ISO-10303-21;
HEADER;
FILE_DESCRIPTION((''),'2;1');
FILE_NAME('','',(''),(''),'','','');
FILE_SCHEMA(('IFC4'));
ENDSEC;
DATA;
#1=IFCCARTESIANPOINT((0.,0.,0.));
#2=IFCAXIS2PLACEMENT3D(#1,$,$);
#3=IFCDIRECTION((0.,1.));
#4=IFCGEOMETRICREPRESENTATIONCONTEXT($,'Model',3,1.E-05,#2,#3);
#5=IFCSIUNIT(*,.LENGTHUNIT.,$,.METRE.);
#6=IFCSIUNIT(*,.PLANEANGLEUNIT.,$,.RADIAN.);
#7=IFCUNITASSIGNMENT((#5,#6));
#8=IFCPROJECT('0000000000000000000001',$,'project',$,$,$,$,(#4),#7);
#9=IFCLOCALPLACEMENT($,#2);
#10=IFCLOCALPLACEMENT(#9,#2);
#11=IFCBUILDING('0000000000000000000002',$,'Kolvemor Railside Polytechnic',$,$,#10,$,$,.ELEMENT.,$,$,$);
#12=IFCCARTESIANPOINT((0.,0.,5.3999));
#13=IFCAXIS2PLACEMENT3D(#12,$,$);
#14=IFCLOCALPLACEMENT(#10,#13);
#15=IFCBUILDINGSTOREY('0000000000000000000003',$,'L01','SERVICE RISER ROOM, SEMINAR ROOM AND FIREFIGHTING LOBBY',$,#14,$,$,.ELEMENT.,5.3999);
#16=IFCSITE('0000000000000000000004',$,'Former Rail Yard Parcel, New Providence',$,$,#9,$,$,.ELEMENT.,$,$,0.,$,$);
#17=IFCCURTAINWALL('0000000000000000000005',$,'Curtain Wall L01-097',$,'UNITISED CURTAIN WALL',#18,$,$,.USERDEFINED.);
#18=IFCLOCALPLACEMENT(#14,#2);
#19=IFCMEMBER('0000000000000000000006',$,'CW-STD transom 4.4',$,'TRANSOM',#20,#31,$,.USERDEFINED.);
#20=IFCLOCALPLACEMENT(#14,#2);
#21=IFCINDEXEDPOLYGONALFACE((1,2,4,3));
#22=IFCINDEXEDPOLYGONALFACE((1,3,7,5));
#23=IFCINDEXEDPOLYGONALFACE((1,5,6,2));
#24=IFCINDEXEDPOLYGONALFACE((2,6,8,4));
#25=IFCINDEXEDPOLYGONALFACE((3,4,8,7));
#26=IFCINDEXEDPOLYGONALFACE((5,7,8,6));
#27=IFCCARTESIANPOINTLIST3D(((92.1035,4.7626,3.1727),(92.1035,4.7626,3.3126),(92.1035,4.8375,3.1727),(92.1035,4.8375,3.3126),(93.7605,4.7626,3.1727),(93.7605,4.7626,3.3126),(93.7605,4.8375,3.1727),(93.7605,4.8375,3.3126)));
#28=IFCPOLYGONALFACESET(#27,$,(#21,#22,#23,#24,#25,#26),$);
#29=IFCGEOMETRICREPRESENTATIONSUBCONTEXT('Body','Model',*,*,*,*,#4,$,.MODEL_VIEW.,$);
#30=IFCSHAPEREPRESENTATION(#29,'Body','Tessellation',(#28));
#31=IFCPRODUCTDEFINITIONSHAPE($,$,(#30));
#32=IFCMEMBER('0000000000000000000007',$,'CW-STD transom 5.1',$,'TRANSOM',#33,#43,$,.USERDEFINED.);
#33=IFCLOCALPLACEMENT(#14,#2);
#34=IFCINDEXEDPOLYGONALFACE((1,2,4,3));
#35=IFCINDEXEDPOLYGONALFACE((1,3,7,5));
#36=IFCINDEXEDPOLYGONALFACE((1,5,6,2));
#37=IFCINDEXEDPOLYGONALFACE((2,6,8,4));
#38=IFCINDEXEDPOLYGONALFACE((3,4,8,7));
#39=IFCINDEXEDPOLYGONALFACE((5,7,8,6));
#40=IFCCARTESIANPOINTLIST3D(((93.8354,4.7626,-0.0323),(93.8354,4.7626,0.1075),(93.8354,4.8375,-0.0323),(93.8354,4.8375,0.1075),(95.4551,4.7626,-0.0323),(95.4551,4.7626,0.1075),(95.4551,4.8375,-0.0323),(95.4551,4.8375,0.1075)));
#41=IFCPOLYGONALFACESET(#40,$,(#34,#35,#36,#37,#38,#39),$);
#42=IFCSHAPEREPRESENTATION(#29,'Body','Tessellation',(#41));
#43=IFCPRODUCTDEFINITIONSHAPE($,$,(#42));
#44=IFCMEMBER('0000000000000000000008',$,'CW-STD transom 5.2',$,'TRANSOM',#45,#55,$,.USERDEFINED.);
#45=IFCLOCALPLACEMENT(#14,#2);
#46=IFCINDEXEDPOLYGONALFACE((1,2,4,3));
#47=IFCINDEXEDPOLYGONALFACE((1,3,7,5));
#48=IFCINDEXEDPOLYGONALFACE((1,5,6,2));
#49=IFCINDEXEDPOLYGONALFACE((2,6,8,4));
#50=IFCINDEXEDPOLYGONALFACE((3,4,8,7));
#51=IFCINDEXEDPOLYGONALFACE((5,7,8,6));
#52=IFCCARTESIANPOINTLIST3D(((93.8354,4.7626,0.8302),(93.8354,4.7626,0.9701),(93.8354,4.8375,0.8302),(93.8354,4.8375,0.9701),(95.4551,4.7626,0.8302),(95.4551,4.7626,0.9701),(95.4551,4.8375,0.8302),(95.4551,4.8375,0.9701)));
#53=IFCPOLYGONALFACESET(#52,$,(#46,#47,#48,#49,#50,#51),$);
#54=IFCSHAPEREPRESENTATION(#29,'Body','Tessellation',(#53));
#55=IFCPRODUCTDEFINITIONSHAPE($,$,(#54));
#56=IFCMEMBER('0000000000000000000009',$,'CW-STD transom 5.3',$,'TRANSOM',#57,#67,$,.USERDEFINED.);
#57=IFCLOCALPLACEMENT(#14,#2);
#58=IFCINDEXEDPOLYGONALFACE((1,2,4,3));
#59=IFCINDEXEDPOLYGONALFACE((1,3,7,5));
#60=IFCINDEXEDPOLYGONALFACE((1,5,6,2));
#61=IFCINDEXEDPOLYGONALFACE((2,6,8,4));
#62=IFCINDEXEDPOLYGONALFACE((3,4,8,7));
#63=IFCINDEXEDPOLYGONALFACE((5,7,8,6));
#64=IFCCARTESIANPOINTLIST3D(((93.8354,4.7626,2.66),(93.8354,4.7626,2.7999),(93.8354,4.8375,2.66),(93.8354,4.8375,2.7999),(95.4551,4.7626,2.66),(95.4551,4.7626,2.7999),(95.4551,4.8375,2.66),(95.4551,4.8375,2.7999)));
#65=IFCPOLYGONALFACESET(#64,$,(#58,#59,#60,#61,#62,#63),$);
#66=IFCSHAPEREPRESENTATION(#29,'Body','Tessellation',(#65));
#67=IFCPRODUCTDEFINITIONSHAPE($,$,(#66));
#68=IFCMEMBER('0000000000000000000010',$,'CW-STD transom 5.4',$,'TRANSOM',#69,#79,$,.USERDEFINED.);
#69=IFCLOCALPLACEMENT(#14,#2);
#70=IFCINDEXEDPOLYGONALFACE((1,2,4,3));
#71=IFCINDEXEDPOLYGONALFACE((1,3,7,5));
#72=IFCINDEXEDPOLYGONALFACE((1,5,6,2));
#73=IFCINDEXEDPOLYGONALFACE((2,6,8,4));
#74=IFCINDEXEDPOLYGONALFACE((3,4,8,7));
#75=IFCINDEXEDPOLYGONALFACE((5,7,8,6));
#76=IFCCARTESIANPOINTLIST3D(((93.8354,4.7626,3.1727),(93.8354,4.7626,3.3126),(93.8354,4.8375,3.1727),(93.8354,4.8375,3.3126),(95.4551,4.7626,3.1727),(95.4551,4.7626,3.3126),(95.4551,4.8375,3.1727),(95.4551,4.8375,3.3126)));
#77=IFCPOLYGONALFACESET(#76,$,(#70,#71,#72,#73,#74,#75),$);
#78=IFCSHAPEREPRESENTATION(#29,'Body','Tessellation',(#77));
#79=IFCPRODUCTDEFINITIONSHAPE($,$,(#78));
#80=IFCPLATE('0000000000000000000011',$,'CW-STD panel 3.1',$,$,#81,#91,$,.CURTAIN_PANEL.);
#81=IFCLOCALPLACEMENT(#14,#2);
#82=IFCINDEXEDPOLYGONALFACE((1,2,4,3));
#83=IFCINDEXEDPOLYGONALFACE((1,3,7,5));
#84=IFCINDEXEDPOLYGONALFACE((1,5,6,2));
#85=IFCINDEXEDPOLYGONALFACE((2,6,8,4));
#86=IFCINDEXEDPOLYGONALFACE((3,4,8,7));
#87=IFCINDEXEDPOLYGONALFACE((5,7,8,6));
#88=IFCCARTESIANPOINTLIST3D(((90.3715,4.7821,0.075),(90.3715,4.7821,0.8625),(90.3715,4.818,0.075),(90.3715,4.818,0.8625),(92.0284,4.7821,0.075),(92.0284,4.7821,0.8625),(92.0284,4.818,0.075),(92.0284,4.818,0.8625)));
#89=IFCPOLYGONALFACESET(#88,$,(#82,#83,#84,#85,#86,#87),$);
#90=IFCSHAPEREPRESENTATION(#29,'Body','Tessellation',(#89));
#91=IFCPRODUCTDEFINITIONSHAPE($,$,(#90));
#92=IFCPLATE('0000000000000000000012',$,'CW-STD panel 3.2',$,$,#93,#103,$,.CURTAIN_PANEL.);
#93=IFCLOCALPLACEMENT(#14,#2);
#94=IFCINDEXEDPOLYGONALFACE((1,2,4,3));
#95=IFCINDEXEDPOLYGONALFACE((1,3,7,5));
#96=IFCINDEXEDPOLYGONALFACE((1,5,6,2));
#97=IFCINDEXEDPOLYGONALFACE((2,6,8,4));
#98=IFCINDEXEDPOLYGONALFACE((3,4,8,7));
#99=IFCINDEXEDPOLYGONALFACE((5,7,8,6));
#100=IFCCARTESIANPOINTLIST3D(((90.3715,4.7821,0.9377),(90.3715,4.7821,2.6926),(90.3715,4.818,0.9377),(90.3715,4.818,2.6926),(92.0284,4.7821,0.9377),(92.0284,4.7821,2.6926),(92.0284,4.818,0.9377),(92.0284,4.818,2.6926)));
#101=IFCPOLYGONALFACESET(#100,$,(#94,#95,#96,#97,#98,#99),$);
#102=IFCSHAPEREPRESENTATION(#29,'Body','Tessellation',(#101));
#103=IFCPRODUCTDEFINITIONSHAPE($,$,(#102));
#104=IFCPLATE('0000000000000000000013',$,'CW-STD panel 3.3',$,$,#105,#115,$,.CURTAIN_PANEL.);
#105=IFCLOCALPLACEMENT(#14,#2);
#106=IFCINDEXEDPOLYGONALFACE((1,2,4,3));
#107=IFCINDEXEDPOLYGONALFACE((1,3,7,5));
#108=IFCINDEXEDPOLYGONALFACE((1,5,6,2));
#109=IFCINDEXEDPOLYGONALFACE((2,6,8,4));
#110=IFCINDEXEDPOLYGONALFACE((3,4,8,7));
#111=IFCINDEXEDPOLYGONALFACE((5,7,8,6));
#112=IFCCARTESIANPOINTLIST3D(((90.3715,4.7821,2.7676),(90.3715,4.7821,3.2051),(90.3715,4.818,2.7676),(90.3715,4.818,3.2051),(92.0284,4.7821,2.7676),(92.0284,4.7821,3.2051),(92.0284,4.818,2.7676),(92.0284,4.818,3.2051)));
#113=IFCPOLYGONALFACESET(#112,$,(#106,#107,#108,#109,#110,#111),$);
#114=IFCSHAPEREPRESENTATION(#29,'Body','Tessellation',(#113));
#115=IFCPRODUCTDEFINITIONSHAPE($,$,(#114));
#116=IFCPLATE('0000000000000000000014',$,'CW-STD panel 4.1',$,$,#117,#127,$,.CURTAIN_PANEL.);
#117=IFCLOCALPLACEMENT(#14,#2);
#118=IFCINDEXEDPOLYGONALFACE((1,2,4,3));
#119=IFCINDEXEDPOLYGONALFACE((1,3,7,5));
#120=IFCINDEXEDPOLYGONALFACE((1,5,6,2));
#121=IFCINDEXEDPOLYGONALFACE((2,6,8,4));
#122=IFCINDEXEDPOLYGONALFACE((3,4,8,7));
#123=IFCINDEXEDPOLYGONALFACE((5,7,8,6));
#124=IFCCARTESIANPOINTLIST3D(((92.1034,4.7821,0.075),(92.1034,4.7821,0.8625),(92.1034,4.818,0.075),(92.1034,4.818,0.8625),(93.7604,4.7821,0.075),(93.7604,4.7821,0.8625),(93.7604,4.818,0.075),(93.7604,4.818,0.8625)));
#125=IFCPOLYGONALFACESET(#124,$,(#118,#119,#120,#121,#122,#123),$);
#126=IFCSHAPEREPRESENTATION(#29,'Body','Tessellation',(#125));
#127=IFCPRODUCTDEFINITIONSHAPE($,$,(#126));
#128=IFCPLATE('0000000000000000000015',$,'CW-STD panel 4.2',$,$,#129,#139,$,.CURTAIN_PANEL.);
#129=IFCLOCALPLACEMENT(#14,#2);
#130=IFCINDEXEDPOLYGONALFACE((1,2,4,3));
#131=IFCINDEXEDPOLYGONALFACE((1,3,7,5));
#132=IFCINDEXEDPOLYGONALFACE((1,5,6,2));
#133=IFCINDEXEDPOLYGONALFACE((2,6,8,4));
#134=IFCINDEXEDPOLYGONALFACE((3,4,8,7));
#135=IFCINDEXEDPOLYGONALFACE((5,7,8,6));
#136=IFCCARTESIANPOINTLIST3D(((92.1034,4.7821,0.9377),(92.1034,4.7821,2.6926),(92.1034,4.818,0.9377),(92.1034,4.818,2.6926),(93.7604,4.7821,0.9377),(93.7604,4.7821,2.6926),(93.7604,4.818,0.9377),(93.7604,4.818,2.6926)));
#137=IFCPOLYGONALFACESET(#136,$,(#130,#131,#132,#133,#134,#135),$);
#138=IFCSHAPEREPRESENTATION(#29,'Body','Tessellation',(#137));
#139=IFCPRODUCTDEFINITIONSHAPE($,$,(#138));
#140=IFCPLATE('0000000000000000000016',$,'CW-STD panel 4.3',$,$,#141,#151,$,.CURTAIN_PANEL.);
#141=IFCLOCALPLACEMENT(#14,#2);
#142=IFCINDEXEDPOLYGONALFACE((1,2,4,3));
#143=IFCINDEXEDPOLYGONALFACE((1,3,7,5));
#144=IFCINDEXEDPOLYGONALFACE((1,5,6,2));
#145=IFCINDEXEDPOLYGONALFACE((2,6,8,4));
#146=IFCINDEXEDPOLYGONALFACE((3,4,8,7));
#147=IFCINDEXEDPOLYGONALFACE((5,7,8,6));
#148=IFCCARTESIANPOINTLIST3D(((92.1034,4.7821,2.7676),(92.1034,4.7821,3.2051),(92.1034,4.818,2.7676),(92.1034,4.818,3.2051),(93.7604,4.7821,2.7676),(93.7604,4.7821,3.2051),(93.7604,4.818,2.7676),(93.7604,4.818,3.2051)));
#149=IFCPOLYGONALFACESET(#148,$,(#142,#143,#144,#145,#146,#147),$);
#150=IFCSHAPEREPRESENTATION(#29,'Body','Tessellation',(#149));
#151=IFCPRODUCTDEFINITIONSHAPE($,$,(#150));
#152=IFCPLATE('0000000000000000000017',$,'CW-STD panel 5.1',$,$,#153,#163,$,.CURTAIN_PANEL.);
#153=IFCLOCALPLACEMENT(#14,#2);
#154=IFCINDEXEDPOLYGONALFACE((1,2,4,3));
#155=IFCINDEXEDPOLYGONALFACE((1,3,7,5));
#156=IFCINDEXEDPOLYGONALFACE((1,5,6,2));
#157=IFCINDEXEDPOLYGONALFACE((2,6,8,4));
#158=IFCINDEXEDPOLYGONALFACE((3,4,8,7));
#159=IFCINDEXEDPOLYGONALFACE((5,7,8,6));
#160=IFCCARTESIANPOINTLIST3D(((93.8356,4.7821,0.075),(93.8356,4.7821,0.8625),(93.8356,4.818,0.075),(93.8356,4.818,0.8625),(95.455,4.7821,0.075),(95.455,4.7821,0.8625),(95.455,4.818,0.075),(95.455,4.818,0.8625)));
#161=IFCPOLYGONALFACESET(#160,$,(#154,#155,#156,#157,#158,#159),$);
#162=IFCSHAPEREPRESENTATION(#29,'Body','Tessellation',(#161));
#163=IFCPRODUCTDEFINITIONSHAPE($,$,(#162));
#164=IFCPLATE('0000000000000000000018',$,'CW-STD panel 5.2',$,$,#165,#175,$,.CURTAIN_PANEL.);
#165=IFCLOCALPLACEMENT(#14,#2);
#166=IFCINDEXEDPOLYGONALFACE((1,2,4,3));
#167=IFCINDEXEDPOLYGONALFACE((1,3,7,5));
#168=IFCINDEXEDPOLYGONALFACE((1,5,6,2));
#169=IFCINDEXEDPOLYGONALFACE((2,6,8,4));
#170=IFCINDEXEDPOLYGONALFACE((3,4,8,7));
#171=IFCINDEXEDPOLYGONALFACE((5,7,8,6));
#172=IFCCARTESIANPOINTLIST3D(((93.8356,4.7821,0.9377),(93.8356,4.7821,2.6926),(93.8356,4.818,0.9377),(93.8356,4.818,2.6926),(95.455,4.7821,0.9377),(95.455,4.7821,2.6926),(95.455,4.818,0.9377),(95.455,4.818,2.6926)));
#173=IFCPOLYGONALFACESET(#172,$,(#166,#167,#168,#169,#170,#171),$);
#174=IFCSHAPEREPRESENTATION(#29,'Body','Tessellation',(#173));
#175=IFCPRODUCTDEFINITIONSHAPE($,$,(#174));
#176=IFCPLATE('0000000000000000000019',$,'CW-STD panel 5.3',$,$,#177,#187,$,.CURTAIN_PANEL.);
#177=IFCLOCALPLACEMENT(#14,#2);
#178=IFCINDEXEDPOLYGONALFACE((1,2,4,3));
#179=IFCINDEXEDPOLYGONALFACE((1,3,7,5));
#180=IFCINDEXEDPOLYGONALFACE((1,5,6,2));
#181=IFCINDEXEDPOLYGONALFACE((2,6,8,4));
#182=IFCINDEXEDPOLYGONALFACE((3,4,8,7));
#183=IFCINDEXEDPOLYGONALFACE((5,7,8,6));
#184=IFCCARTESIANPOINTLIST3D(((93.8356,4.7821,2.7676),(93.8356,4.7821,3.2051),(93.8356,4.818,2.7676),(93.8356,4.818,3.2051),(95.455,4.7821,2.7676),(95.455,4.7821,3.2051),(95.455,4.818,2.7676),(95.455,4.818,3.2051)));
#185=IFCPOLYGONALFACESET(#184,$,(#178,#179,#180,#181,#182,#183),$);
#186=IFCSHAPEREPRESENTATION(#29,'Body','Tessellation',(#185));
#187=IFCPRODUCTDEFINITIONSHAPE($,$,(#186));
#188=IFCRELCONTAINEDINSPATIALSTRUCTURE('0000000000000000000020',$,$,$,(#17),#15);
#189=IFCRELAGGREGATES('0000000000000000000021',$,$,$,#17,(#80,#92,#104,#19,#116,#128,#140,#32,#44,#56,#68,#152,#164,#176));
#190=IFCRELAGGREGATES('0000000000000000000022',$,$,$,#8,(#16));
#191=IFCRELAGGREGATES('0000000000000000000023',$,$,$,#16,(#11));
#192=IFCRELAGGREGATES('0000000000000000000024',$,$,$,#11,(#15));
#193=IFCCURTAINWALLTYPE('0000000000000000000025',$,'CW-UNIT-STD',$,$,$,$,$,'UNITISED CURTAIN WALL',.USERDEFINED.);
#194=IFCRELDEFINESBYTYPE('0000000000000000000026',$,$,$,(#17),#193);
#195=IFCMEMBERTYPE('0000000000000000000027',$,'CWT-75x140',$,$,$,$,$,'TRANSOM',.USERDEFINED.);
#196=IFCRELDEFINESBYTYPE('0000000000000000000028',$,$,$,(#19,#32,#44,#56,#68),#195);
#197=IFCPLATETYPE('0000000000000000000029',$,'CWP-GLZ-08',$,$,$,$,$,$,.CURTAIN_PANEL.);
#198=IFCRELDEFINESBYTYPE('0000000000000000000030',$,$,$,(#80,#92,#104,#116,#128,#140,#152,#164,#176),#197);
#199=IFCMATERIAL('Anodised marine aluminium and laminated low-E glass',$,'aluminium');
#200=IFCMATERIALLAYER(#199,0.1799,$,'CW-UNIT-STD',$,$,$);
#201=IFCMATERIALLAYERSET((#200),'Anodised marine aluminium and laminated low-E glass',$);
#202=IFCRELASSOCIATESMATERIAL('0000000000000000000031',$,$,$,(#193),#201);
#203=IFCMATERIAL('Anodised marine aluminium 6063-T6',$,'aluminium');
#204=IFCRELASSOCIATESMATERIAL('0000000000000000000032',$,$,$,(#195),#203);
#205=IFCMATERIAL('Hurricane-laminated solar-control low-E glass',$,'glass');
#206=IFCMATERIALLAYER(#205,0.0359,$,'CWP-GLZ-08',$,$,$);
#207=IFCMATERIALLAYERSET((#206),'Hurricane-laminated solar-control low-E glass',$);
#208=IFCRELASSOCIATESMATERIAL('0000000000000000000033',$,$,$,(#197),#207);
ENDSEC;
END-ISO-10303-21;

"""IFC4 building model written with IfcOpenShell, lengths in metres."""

from ifc_helpers import new_model, si_unit, direction, frame, origin, origin_2d, place, context, subcontext, project, spatial, rectangle, extrude, material, layer, layer_set, material_profile, profile_set, type_object, element, aggregate, save


model = new_model("IFC4")

# Units and contexts
model_context = context("Model", 3, precision=1e-05, world=origin(), true_north=direction((0.0, 1.0)))
body_context = subcontext(model_context, "Body", "Model", "MODEL_VIEW")
ifc_project = project(units=[si_unit("LENGTHUNIT", "METRE"), si_unit("PLANEANGLEUNIT", "RADIAN")], contexts=[model_context])

# Site, building, storey
site_placement = place(None, origin())
site = spatial("IfcSite", under=ifc_project, at=site_placement, Name="Former Rail Yard Parcel, New Providence", CompositionType="ELEMENT", RefElevation=0.0)
building_placement = place(site_placement, origin())
building = spatial("IfcBuilding", under=site, at=building_placement, Name="Kolvemor Railside Polytechnic", CompositionType="ELEMENT")
storey_placement = place(building_placement, frame((0.0, 0.0, 5.3999)))
storey = spatial("IfcBuildingStorey", under=building, at=storey_placement, Name="L01", Description="SERVICE RISER ROOM, SEMINAR ROOM AND FIREFIGHTING LOBBY", CompositionType="ELEMENT", Elevation=5.3999)

# Curtain wall, members, plates
ifc_material_1 = material(Name="Anodised marine aluminium and laminated low-E glass", Category="aluminium")
ifc_layer_1 = layer(ifc_material_1, 0.1799, Name="CW-UNIT-STD")
ifc_layer_set_1 = layer_set([ifc_layer_1], Name="Anodised marine aluminium and laminated low-E glass")
curtain_wall_type = type_object("IfcCurtainWallType", Name="CW-UNIT-STD", ElementType="UNITISED CURTAIN WALL", PredefinedType="USERDEFINED", material=ifc_layer_set_1)
curtain_wall_placement = place(storey_placement, origin())
curtain_wall = element("IfcCurtainWall", 1, at=curtain_wall_placement, inside=storey, type_object=curtain_wall_type, Name="Curtain Wall L01-097", ObjectType="UNITISED CURTAIN WALL", PredefinedType="USERDEFINED")
ifc_material_2 = material(Name="Anodised marine aluminium 6063-T6", Category="aluminium")
ifc_material_profile_1 = material_profile(ifc_material_2, rectangle(XDim=0.075, YDim=0.1399, at=origin_2d()), Name="CW-TRN-75x140")
ifc_profile_set_1 = profile_set([ifc_material_profile_1], Name="Anodised marine aluminium 6063-T6")
member_type_1 = type_object("IfcMemberType", Name="CWT-75x140", ElementType="TRANSOM", PredefinedType="USERDEFINED", material=ifc_profile_set_1)
member_1_placement = place(storey_placement, frame((92.1035, 4.8, 3.2427), z_axis=(1.0, 0.0, 0.0), x_axis=(0.0, 1.0, 0.0)))
member_1 = element("IfcMember", 2, at=member_1_placement, type_object=member_type_1, Name="CW-STD transom 4.4", ObjectType="TRANSOM", PredefinedType="USERDEFINED", context=body_context, shape_type="SweptSolid", body=[
    extrude(rectangle(XDim=0.075, YDim=0.1399, at=origin_2d()), origin(), (0.0, 0.0, 1.0), 1.657),
])
member_2_placement = place(storey_placement, frame((93.8354, 4.8, 0.0376), z_axis=(1.0, 0.0, 0.0), x_axis=(0.0, 1.0, 0.0)))
member_2 = element("IfcMember", 3, at=member_2_placement, type_object=member_type_1, Name="CW-STD transom 5.1", ObjectType="TRANSOM", PredefinedType="USERDEFINED", context=body_context, shape_type="SweptSolid", body=[
    extrude(rectangle(XDim=0.075, YDim=0.1399, at=origin_2d()), origin(), (0.0, 0.0, 1.0), 1.6196),
])
member_3_placement = place(storey_placement, frame((93.8354, 4.8, 0.9001), z_axis=(1.0, 0.0, 0.0), x_axis=(0.0, 1.0, 0.0)))
member_3 = element("IfcMember", 4, at=member_3_placement, type_object=member_type_1, Name="CW-STD transom 5.2", ObjectType="TRANSOM", PredefinedType="USERDEFINED", context=body_context, shape_type="SweptSolid", body=[
    extrude(rectangle(XDim=0.075, YDim=0.1399, at=origin_2d()), origin(), (0.0, 0.0, 1.0), 1.6196),
])
member_4_placement = place(storey_placement, frame((93.8354, 4.8, 2.73), z_axis=(1.0, 0.0, 0.0), x_axis=(0.0, 1.0, 0.0)))
member_4 = element("IfcMember", 5, at=member_4_placement, type_object=member_type_1, Name="CW-STD transom 5.3", ObjectType="TRANSOM", PredefinedType="USERDEFINED", context=body_context, shape_type="SweptSolid", body=[
    extrude(rectangle(XDim=0.075, YDim=0.1399, at=origin_2d()), origin(), (0.0, 0.0, 1.0), 1.6196),
])
member_5_placement = place(storey_placement, frame((93.8354, 4.8, 3.2427), z_axis=(1.0, 0.0, 0.0), x_axis=(0.0, 1.0, 0.0)))
member_5 = element("IfcMember", 6, at=member_5_placement, type_object=member_type_1, Name="CW-STD transom 5.4", ObjectType="TRANSOM", PredefinedType="USERDEFINED", context=body_context, shape_type="SweptSolid", body=[
    extrude(rectangle(XDim=0.075, YDim=0.1399, at=origin_2d()), origin(), (0.0, 0.0, 1.0), 1.6196),
])
ifc_material_3 = material(Name="Hurricane-laminated solar-control low-E glass", Category="glass")
ifc_layer_2 = layer(ifc_material_3, 0.0359, Name="CWP-GLZ-08")
ifc_layer_set_2 = layer_set([ifc_layer_2], Name="Hurricane-laminated solar-control low-E glass")
plate_type = type_object("IfcPlateType", Name="CWP-GLZ-08", PredefinedType="CURTAIN_PANEL", material=ifc_layer_set_2)
plate_1_placement = place(storey_placement, frame((91.2, 4.8, 0.075), z_axis=(0.0, 0.0, 1.0), x_axis=(1.0, 0.0, 0.0)))
plate_1 = element("IfcPlate", 7, at=plate_1_placement, type_object=plate_type, Name="CW-STD panel 3.1", PredefinedType="CURTAIN_PANEL", context=body_context, shape_type="SweptSolid", body=[
    extrude(rectangle(XDim=1.657, YDim=0.0359, at=origin_2d()), origin(), (0.0, 0.0, 1.0), 0.7876),
])
plate_2_placement = place(storey_placement, frame((91.2, 4.8, 0.9377), z_axis=(0.0, 0.0, 1.0), x_axis=(1.0, 0.0, 0.0)))
plate_2 = element("IfcPlate", 8, at=plate_2_placement, type_object=plate_type, Name="CW-STD panel 3.2", PredefinedType="CURTAIN_PANEL", context=body_context, shape_type="SweptSolid", body=[
    extrude(rectangle(XDim=1.657, YDim=0.0359, at=origin_2d()), origin(), (0.0, 0.0, 1.0), 1.7549),
])
plate_3_placement = place(storey_placement, frame((91.2, 4.8, 2.7676), z_axis=(0.0, 0.0, 1.0), x_axis=(1.0, 0.0, 0.0)))
plate_3 = element("IfcPlate", 9, at=plate_3_placement, type_object=plate_type, Name="CW-STD panel 3.3", PredefinedType="CURTAIN_PANEL", context=body_context, shape_type="SweptSolid", body=[
    extrude(rectangle(XDim=1.657, YDim=0.0359, at=origin_2d()), origin(), (0.0, 0.0, 1.0), 0.4375),
])
plate_4_placement = place(storey_placement, frame((92.9319, 4.8, 0.075), z_axis=(0.0, 0.0, 1.0), x_axis=(1.0, 0.0, 0.0)))
plate_4 = element("IfcPlate", 10, at=plate_4_placement, type_object=plate_type, Name="CW-STD panel 4.1", PredefinedType="CURTAIN_PANEL", context=body_context, shape_type="SweptSolid", body=[
    extrude(rectangle(XDim=1.657, YDim=0.0359, at=origin_2d()), origin(), (0.0, 0.0, 1.0), 0.7876),
])
plate_5_placement = place(storey_placement, frame((92.9319, 4.8, 0.9377), z_axis=(0.0, 0.0, 1.0), x_axis=(1.0, 0.0, 0.0)))
plate_5 = element("IfcPlate", 11, at=plate_5_placement, type_object=plate_type, Name="CW-STD panel 4.2", PredefinedType="CURTAIN_PANEL", context=body_context, shape_type="SweptSolid", body=[
    extrude(rectangle(XDim=1.657, YDim=0.0359, at=origin_2d()), origin(), (0.0, 0.0, 1.0), 1.7549),
])
plate_6_placement = place(storey_placement, frame((92.9319, 4.8, 2.7676), z_axis=(0.0, 0.0, 1.0), x_axis=(1.0, 0.0, 0.0)))
plate_6 = element("IfcPlate", 12, at=plate_6_placement, type_object=plate_type, Name="CW-STD panel 4.3", PredefinedType="CURTAIN_PANEL", context=body_context, shape_type="SweptSolid", body=[
    extrude(rectangle(XDim=1.657, YDim=0.0359, at=origin_2d()), origin(), (0.0, 0.0, 1.0), 0.4375),
])
plate_7_placement = place(storey_placement, frame((94.6453, 4.8, 0.075), z_axis=(0.0, 0.0, 1.0), x_axis=(1.0, 0.0, 0.0)))
plate_7 = element("IfcPlate", 13, at=plate_7_placement, type_object=plate_type, Name="CW-STD panel 5.1", PredefinedType="CURTAIN_PANEL", context=body_context, shape_type="SweptSolid", body=[
    extrude(rectangle(XDim=1.6194, YDim=0.0359, at=origin_2d()), origin(), (0.0, 0.0, 1.0), 0.7876),
])
plate_8_placement = place(storey_placement, frame((94.6453, 4.8, 0.9377), z_axis=(0.0, 0.0, 1.0), x_axis=(1.0, 0.0, 0.0)))
plate_8 = element("IfcPlate", 14, at=plate_8_placement, type_object=plate_type, Name="CW-STD panel 5.2", PredefinedType="CURTAIN_PANEL", context=body_context, shape_type="SweptSolid", body=[
    extrude(rectangle(XDim=1.6194, YDim=0.0359, at=origin_2d()), origin(), (0.0, 0.0, 1.0), 1.7549),
])
plate_9_placement = place(storey_placement, frame((94.6453, 4.8, 2.7676), z_axis=(0.0, 0.0, 1.0), x_axis=(1.0, 0.0, 0.0)))
plate_9 = element("IfcPlate", 15, at=plate_9_placement, type_object=plate_type, Name="CW-STD panel 5.3", PredefinedType="CURTAIN_PANEL", context=body_context, shape_type="SweptSolid", body=[
    extrude(rectangle(XDim=1.6194, YDim=0.0359, at=origin_2d()), origin(), (0.0, 0.0, 1.0), 0.4375),
])
aggregate(curtain_wall, [plate_1, plate_2, plate_3, member_1, plate_4, plate_5, plate_6, member_2, member_3, member_4, member_5, plate_7, plate_8, plate_9])

save(model, "model.ifc")
